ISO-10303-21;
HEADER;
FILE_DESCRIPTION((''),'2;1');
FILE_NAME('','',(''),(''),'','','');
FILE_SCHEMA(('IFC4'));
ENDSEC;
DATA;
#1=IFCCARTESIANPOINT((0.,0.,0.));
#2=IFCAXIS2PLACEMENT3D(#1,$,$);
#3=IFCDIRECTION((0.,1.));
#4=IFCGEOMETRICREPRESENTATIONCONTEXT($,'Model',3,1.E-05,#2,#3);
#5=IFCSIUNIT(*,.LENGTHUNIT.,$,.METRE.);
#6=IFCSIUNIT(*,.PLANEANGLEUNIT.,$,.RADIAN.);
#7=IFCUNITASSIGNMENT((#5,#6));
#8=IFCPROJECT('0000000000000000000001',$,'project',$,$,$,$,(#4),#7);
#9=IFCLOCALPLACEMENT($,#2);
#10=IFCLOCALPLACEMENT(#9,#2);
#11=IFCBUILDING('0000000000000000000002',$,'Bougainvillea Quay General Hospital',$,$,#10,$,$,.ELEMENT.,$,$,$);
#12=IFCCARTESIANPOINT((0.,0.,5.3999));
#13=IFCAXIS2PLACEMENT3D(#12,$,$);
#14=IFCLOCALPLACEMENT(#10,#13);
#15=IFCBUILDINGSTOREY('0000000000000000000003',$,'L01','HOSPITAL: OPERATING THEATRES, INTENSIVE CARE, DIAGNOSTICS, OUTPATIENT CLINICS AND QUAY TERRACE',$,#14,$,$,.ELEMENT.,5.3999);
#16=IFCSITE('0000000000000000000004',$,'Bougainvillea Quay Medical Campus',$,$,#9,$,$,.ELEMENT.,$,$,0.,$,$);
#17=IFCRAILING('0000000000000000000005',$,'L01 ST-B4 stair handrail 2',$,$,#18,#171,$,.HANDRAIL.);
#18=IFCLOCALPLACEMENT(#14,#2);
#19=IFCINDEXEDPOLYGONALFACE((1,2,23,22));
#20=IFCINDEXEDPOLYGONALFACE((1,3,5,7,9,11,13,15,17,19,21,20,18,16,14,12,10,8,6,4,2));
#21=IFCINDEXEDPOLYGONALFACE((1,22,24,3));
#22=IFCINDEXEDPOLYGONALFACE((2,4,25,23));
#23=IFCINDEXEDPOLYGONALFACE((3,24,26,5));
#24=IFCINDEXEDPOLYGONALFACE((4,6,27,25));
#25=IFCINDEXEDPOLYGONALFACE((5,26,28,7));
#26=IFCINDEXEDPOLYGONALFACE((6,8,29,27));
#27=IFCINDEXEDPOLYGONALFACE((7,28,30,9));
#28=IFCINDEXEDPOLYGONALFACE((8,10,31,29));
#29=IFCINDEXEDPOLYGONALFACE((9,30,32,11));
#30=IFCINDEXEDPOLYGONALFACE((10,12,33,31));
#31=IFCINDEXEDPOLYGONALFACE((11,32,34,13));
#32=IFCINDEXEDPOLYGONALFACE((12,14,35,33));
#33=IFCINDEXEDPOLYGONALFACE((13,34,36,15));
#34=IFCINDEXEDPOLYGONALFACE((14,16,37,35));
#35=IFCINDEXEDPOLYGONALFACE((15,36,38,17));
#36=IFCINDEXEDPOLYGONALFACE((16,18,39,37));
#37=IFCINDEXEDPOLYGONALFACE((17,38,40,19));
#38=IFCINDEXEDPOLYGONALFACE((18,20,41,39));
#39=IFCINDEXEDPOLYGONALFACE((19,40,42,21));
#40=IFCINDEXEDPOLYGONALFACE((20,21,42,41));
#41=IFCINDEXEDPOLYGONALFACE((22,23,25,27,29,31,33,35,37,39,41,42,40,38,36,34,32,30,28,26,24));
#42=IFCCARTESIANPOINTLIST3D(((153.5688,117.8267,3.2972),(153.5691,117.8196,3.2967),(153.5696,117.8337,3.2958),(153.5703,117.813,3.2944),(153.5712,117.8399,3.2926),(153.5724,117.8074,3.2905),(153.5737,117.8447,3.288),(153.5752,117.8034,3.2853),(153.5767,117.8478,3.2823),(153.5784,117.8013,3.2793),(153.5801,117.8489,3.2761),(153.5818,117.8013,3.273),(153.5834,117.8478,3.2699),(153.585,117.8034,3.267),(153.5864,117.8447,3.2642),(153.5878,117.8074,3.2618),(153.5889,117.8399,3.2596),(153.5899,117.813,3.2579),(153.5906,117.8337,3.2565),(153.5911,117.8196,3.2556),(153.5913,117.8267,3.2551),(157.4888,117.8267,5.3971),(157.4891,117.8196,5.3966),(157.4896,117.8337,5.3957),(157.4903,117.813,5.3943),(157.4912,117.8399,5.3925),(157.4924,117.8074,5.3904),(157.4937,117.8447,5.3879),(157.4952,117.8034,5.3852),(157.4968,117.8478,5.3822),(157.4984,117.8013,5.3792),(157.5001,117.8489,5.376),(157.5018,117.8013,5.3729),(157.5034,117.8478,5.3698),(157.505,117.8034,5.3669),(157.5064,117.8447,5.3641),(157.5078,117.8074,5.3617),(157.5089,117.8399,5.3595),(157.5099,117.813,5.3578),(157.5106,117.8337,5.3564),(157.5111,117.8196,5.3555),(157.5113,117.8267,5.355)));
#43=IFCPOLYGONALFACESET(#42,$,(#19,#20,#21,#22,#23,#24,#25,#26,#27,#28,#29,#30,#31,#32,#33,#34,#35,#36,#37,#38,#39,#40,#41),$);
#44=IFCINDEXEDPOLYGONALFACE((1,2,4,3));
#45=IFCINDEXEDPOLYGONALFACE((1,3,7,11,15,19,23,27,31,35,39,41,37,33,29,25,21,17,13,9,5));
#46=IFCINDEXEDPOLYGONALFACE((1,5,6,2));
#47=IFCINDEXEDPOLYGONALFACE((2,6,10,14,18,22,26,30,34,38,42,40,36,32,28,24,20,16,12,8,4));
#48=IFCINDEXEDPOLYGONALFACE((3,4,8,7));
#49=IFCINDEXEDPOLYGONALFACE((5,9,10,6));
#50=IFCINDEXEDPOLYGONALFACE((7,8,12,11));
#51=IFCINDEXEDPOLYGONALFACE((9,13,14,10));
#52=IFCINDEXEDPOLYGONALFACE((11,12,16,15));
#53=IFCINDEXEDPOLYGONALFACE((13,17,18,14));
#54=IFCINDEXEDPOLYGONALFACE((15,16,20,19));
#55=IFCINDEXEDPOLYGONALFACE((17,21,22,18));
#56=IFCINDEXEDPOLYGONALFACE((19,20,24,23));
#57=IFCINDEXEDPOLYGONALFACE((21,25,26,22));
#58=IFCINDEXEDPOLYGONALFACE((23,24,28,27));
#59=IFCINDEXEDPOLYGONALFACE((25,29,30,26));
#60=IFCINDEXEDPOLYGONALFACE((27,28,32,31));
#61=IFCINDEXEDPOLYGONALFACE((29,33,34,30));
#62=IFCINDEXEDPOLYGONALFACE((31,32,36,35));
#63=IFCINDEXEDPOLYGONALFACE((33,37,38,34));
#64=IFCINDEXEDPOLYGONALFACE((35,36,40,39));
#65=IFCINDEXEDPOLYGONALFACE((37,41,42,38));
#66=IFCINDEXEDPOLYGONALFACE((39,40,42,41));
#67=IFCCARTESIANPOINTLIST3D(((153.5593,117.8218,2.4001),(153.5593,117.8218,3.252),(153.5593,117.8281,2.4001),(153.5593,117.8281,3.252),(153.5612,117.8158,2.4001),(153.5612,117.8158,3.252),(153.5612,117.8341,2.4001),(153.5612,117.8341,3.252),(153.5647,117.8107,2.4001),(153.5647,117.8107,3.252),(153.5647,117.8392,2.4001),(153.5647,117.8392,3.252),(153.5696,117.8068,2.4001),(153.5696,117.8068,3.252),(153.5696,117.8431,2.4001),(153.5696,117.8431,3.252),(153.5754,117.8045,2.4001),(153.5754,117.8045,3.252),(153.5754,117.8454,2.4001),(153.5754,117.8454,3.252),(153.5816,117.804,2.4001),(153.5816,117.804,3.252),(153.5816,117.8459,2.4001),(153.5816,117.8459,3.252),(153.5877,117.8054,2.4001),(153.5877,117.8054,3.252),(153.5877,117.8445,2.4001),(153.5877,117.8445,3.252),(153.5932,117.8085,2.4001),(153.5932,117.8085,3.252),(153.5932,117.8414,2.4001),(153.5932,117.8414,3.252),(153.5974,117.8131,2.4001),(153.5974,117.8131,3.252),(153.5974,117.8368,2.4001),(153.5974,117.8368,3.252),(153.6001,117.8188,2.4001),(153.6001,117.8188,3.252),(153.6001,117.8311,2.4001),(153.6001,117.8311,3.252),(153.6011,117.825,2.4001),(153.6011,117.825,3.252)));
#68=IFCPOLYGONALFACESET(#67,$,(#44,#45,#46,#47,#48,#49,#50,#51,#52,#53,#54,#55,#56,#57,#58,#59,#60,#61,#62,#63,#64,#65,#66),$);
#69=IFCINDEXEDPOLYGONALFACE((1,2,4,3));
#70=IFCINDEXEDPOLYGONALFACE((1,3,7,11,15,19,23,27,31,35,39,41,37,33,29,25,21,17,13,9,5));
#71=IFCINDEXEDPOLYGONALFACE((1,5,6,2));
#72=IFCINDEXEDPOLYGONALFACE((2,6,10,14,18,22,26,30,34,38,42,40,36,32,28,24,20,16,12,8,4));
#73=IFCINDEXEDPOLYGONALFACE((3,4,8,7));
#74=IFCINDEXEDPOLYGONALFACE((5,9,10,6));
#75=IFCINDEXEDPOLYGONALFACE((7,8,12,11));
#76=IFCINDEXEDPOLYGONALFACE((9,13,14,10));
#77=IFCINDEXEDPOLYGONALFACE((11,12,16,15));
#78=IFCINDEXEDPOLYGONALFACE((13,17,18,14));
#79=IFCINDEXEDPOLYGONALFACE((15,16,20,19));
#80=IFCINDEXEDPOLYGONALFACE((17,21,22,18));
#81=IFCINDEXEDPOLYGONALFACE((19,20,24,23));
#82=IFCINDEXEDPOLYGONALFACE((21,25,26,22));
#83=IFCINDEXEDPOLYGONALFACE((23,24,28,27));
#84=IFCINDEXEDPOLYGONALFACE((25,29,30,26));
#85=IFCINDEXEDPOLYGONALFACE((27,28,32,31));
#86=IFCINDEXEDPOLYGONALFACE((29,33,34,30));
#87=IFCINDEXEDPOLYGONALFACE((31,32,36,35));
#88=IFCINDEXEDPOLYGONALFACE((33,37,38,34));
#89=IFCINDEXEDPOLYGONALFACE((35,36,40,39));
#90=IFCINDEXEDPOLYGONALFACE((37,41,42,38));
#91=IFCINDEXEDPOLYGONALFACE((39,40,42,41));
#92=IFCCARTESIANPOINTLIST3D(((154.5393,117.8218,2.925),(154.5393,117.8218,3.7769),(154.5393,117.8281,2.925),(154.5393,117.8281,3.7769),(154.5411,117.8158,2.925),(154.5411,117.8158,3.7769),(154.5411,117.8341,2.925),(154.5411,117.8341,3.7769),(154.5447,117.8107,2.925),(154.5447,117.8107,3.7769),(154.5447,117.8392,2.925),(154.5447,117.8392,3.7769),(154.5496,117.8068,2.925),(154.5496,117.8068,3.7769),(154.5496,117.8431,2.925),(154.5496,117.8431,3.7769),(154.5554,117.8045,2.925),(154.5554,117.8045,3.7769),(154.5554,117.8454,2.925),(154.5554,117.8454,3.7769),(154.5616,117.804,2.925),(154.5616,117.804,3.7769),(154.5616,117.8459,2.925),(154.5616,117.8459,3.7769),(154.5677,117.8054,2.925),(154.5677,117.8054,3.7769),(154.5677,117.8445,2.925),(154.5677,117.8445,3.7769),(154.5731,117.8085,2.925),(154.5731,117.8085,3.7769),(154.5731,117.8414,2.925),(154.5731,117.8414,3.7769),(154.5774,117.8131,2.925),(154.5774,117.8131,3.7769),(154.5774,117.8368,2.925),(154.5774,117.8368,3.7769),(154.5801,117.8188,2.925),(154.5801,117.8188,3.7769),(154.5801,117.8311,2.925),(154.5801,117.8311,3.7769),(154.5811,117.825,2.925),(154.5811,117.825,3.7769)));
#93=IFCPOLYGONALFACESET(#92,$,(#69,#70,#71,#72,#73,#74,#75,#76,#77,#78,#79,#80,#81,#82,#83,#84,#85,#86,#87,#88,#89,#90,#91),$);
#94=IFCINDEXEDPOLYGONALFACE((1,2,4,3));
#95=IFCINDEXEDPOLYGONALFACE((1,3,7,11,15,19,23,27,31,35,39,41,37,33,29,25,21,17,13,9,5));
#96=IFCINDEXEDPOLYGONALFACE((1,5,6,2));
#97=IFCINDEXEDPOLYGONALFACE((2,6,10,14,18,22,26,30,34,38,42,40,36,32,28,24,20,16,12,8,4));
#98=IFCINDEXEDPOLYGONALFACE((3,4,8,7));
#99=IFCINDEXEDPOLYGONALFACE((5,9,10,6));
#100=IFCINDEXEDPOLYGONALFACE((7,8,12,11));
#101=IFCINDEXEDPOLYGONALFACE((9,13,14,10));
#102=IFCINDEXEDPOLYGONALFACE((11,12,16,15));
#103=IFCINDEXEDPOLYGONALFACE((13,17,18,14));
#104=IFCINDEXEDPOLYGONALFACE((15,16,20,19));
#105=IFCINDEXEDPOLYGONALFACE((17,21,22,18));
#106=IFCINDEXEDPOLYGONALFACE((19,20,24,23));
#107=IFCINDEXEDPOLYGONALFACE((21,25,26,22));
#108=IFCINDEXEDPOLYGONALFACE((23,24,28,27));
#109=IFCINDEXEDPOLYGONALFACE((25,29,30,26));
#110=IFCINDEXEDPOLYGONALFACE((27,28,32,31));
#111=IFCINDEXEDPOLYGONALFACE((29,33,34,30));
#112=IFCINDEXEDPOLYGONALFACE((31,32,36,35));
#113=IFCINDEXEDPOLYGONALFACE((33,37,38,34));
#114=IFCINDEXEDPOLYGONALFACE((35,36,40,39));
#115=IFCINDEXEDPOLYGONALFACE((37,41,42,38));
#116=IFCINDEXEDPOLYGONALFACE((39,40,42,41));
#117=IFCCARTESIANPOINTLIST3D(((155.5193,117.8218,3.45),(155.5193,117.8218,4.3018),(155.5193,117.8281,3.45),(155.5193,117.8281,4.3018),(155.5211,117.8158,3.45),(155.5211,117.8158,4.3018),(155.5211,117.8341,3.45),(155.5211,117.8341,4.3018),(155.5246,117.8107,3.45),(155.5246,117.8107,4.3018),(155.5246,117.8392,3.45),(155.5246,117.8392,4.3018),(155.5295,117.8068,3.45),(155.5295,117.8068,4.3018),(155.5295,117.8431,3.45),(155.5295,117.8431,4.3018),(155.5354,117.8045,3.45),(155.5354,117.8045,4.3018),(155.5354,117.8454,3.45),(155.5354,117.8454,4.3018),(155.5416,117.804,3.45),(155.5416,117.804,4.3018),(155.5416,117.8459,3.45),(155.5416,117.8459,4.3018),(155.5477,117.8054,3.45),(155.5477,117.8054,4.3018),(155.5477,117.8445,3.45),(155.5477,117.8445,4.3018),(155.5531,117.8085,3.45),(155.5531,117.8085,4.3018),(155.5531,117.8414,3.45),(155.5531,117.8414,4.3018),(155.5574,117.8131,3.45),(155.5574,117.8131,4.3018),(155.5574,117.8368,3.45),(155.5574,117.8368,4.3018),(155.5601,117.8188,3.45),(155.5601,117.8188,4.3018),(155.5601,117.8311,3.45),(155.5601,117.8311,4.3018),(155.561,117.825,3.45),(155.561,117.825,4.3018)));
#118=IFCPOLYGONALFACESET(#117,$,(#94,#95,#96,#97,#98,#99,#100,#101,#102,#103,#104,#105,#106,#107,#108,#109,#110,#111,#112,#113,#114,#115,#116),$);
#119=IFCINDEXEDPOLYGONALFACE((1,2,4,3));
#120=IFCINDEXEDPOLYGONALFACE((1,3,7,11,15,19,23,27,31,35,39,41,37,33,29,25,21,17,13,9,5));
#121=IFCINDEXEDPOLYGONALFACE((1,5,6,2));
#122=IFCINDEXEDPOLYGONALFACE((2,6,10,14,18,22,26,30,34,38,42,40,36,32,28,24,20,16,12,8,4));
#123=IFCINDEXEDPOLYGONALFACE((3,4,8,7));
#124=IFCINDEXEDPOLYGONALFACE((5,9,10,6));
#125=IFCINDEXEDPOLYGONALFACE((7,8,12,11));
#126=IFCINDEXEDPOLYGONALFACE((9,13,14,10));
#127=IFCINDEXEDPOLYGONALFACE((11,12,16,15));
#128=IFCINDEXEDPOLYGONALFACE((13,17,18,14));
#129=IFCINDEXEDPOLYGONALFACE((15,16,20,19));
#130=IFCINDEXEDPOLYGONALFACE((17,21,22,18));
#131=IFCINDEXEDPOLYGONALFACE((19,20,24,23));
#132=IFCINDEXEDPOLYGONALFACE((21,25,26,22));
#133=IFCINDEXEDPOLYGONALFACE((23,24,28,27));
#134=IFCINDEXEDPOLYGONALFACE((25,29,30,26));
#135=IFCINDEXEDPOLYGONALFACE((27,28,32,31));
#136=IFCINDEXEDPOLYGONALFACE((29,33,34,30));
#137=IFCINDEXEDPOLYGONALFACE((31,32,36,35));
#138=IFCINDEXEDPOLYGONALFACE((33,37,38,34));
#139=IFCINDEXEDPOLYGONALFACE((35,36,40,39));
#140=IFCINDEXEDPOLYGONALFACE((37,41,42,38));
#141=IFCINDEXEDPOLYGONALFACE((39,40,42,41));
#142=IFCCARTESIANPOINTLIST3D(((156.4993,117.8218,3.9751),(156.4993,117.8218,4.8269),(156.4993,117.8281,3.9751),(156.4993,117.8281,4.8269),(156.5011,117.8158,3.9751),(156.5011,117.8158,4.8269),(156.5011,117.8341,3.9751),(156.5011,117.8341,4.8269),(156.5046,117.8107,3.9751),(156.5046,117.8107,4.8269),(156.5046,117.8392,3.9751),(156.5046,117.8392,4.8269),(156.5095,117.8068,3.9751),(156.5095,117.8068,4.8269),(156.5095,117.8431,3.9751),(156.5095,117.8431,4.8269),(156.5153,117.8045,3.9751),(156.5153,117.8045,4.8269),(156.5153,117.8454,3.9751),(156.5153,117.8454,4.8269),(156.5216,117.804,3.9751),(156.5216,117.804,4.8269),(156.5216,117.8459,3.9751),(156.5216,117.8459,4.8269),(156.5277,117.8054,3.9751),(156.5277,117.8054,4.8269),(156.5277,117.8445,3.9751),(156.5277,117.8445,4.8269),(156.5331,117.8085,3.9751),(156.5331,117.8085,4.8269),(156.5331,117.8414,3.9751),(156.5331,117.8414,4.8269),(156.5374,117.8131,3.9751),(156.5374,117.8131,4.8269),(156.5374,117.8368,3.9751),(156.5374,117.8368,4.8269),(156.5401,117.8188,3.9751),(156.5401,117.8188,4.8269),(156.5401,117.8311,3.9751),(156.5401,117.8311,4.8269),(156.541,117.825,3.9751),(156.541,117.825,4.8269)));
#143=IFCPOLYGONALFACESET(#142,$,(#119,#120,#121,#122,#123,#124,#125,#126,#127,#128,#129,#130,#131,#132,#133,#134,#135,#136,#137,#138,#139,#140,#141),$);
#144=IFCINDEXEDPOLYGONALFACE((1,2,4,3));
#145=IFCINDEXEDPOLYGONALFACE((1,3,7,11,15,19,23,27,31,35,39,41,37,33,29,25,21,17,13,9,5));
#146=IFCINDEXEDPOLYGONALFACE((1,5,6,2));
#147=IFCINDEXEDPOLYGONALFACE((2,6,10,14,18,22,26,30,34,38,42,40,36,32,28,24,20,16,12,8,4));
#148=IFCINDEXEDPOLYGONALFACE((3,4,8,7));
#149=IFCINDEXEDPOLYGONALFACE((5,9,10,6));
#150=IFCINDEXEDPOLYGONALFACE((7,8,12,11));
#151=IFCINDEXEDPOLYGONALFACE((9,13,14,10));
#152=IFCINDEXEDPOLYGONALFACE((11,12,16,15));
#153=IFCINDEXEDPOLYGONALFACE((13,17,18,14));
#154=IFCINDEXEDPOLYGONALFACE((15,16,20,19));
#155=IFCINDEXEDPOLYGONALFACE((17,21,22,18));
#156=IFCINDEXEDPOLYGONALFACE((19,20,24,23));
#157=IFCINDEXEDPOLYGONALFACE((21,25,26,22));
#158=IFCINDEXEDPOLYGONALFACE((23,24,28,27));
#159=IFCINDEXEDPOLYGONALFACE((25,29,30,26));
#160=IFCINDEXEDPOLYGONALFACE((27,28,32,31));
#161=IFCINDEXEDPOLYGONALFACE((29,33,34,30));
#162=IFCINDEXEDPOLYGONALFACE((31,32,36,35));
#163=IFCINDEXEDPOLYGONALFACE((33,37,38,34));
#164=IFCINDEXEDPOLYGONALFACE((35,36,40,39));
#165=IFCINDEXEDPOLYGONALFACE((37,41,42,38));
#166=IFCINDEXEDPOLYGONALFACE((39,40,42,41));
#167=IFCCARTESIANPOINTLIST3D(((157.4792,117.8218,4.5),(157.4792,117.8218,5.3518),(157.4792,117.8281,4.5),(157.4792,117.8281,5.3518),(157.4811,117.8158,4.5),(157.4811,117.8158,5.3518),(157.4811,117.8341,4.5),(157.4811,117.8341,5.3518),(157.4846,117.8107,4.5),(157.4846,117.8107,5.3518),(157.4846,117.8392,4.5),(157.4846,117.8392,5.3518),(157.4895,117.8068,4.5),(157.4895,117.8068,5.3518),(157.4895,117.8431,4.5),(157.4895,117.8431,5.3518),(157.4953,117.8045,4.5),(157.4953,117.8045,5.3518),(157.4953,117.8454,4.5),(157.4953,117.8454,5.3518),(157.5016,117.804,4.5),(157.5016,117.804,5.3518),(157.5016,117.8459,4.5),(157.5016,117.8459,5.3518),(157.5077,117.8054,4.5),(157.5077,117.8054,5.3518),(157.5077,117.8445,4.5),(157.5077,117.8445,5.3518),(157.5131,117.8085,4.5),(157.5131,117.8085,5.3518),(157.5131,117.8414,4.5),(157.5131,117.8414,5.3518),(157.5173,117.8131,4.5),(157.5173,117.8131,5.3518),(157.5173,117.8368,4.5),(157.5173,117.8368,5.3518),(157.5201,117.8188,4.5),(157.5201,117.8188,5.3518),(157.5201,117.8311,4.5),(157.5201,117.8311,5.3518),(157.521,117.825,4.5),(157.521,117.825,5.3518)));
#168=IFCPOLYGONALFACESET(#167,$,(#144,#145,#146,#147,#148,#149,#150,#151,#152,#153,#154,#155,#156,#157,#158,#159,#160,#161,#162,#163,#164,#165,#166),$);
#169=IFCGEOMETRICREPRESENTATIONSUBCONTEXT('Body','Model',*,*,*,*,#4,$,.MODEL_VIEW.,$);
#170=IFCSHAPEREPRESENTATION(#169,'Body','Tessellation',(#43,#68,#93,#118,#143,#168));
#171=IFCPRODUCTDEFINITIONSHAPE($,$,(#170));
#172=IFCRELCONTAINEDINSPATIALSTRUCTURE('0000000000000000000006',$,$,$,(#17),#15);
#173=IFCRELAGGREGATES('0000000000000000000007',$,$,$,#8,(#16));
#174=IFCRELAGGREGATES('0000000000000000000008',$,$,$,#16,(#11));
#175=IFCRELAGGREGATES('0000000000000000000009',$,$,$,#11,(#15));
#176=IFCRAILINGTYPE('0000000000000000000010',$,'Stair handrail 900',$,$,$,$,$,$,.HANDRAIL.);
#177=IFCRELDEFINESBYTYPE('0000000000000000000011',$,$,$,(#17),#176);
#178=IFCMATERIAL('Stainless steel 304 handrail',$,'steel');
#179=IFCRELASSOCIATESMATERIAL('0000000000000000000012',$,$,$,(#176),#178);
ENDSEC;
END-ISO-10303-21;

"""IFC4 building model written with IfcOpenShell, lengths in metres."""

from ifc_helpers import new_model, si_unit, direction, frame, origin, origin_2d, place, context, subcontext, project, spatial, circle, extrude, material, type_object, element, save


model = new_model("IFC4")

# Units and contexts
model_context = context("Model", 3, precision=1e-05, world=origin(), true_north=direction((0.0, 1.0)))
body_context = subcontext(model_context, "Body", "Model", "MODEL_VIEW")
ifc_project = project(units=[si_unit("LENGTHUNIT", "METRE"), si_unit("PLANEANGLEUNIT", "RADIAN")], contexts=[model_context])

# Site, building, storey
site_placement = place(None, origin())
site = spatial("IfcSite", under=ifc_project, at=site_placement, Name="Bougainvillea Quay Medical Campus", CompositionType="ELEMENT", RefElevation=0.0)
building_placement = place(site_placement, origin())
building = spatial("IfcBuilding", under=site, at=building_placement, Name="Bougainvillea Quay General Hospital", CompositionType="ELEMENT")
storey_placement = place(building_placement, frame((0.0, 0.0, 5.3999)))
storey = spatial("IfcBuildingStorey", under=building, at=storey_placement, Name="L01", Description="HOSPITAL: OPERATING THEATRES, INTENSIVE CARE, DIAGNOSTICS, OUTPATIENT CLINICS AND QUAY TERRACE", CompositionType="ELEMENT", Elevation=5.3999)

# Railing
ifc_material_1 = material(Name="Stainless steel 304 handrail", Category="steel")
railing_type_1 = type_object("IfcRailingType", Name="Stair handrail 900", PredefinedType="HANDRAIL", material=ifc_material_1)
railing_1_placement = place(storey_placement, frame((153.5801, 117.825, 2.4001)))
element("IfcRailing", 1, at=railing_1_placement, inside=storey, type_object=railing_type_1, Name="L01 ST-B4 stair handrail 2", PredefinedType="HANDRAIL", context=body_context, shape_type="SweptSolid", body=[
    extrude(circle(Radius=0.0239, at=origin_2d()), frame((0.0, 0.0, 0.876), z_axis=(0.88149, 0.0, 0.472203), x_axis=(0.0, 1.0, 0.0)), (0.0, 0.0, 1.0), 4.447),
    extrude(circle(Radius=0.021, at=origin_2d()), origin(), (0.0, 0.0, 1.0), 0.8518),
    extrude(circle(Radius=0.021, at=origin_2d()), frame((0.98, 0.0, 0.5249)), (0.0, 0.0, 1.0), 0.8518),
    extrude(circle(Radius=0.021, at=origin_2d()), frame((1.96, 0.0, 1.0498)), (0.0, 0.0, 1.0), 0.8518),
    extrude(circle(Radius=0.021, at=origin_2d()), frame((2.9399, 0.0, 1.575)), (0.0, 0.0, 1.0), 0.8518),
    extrude(circle(Radius=0.021, at=origin_2d()), frame((3.9199, 0.0, 2.0999)), (0.0, 0.0, 1.0), 0.8518),
])

save(model, "model.ifc")
